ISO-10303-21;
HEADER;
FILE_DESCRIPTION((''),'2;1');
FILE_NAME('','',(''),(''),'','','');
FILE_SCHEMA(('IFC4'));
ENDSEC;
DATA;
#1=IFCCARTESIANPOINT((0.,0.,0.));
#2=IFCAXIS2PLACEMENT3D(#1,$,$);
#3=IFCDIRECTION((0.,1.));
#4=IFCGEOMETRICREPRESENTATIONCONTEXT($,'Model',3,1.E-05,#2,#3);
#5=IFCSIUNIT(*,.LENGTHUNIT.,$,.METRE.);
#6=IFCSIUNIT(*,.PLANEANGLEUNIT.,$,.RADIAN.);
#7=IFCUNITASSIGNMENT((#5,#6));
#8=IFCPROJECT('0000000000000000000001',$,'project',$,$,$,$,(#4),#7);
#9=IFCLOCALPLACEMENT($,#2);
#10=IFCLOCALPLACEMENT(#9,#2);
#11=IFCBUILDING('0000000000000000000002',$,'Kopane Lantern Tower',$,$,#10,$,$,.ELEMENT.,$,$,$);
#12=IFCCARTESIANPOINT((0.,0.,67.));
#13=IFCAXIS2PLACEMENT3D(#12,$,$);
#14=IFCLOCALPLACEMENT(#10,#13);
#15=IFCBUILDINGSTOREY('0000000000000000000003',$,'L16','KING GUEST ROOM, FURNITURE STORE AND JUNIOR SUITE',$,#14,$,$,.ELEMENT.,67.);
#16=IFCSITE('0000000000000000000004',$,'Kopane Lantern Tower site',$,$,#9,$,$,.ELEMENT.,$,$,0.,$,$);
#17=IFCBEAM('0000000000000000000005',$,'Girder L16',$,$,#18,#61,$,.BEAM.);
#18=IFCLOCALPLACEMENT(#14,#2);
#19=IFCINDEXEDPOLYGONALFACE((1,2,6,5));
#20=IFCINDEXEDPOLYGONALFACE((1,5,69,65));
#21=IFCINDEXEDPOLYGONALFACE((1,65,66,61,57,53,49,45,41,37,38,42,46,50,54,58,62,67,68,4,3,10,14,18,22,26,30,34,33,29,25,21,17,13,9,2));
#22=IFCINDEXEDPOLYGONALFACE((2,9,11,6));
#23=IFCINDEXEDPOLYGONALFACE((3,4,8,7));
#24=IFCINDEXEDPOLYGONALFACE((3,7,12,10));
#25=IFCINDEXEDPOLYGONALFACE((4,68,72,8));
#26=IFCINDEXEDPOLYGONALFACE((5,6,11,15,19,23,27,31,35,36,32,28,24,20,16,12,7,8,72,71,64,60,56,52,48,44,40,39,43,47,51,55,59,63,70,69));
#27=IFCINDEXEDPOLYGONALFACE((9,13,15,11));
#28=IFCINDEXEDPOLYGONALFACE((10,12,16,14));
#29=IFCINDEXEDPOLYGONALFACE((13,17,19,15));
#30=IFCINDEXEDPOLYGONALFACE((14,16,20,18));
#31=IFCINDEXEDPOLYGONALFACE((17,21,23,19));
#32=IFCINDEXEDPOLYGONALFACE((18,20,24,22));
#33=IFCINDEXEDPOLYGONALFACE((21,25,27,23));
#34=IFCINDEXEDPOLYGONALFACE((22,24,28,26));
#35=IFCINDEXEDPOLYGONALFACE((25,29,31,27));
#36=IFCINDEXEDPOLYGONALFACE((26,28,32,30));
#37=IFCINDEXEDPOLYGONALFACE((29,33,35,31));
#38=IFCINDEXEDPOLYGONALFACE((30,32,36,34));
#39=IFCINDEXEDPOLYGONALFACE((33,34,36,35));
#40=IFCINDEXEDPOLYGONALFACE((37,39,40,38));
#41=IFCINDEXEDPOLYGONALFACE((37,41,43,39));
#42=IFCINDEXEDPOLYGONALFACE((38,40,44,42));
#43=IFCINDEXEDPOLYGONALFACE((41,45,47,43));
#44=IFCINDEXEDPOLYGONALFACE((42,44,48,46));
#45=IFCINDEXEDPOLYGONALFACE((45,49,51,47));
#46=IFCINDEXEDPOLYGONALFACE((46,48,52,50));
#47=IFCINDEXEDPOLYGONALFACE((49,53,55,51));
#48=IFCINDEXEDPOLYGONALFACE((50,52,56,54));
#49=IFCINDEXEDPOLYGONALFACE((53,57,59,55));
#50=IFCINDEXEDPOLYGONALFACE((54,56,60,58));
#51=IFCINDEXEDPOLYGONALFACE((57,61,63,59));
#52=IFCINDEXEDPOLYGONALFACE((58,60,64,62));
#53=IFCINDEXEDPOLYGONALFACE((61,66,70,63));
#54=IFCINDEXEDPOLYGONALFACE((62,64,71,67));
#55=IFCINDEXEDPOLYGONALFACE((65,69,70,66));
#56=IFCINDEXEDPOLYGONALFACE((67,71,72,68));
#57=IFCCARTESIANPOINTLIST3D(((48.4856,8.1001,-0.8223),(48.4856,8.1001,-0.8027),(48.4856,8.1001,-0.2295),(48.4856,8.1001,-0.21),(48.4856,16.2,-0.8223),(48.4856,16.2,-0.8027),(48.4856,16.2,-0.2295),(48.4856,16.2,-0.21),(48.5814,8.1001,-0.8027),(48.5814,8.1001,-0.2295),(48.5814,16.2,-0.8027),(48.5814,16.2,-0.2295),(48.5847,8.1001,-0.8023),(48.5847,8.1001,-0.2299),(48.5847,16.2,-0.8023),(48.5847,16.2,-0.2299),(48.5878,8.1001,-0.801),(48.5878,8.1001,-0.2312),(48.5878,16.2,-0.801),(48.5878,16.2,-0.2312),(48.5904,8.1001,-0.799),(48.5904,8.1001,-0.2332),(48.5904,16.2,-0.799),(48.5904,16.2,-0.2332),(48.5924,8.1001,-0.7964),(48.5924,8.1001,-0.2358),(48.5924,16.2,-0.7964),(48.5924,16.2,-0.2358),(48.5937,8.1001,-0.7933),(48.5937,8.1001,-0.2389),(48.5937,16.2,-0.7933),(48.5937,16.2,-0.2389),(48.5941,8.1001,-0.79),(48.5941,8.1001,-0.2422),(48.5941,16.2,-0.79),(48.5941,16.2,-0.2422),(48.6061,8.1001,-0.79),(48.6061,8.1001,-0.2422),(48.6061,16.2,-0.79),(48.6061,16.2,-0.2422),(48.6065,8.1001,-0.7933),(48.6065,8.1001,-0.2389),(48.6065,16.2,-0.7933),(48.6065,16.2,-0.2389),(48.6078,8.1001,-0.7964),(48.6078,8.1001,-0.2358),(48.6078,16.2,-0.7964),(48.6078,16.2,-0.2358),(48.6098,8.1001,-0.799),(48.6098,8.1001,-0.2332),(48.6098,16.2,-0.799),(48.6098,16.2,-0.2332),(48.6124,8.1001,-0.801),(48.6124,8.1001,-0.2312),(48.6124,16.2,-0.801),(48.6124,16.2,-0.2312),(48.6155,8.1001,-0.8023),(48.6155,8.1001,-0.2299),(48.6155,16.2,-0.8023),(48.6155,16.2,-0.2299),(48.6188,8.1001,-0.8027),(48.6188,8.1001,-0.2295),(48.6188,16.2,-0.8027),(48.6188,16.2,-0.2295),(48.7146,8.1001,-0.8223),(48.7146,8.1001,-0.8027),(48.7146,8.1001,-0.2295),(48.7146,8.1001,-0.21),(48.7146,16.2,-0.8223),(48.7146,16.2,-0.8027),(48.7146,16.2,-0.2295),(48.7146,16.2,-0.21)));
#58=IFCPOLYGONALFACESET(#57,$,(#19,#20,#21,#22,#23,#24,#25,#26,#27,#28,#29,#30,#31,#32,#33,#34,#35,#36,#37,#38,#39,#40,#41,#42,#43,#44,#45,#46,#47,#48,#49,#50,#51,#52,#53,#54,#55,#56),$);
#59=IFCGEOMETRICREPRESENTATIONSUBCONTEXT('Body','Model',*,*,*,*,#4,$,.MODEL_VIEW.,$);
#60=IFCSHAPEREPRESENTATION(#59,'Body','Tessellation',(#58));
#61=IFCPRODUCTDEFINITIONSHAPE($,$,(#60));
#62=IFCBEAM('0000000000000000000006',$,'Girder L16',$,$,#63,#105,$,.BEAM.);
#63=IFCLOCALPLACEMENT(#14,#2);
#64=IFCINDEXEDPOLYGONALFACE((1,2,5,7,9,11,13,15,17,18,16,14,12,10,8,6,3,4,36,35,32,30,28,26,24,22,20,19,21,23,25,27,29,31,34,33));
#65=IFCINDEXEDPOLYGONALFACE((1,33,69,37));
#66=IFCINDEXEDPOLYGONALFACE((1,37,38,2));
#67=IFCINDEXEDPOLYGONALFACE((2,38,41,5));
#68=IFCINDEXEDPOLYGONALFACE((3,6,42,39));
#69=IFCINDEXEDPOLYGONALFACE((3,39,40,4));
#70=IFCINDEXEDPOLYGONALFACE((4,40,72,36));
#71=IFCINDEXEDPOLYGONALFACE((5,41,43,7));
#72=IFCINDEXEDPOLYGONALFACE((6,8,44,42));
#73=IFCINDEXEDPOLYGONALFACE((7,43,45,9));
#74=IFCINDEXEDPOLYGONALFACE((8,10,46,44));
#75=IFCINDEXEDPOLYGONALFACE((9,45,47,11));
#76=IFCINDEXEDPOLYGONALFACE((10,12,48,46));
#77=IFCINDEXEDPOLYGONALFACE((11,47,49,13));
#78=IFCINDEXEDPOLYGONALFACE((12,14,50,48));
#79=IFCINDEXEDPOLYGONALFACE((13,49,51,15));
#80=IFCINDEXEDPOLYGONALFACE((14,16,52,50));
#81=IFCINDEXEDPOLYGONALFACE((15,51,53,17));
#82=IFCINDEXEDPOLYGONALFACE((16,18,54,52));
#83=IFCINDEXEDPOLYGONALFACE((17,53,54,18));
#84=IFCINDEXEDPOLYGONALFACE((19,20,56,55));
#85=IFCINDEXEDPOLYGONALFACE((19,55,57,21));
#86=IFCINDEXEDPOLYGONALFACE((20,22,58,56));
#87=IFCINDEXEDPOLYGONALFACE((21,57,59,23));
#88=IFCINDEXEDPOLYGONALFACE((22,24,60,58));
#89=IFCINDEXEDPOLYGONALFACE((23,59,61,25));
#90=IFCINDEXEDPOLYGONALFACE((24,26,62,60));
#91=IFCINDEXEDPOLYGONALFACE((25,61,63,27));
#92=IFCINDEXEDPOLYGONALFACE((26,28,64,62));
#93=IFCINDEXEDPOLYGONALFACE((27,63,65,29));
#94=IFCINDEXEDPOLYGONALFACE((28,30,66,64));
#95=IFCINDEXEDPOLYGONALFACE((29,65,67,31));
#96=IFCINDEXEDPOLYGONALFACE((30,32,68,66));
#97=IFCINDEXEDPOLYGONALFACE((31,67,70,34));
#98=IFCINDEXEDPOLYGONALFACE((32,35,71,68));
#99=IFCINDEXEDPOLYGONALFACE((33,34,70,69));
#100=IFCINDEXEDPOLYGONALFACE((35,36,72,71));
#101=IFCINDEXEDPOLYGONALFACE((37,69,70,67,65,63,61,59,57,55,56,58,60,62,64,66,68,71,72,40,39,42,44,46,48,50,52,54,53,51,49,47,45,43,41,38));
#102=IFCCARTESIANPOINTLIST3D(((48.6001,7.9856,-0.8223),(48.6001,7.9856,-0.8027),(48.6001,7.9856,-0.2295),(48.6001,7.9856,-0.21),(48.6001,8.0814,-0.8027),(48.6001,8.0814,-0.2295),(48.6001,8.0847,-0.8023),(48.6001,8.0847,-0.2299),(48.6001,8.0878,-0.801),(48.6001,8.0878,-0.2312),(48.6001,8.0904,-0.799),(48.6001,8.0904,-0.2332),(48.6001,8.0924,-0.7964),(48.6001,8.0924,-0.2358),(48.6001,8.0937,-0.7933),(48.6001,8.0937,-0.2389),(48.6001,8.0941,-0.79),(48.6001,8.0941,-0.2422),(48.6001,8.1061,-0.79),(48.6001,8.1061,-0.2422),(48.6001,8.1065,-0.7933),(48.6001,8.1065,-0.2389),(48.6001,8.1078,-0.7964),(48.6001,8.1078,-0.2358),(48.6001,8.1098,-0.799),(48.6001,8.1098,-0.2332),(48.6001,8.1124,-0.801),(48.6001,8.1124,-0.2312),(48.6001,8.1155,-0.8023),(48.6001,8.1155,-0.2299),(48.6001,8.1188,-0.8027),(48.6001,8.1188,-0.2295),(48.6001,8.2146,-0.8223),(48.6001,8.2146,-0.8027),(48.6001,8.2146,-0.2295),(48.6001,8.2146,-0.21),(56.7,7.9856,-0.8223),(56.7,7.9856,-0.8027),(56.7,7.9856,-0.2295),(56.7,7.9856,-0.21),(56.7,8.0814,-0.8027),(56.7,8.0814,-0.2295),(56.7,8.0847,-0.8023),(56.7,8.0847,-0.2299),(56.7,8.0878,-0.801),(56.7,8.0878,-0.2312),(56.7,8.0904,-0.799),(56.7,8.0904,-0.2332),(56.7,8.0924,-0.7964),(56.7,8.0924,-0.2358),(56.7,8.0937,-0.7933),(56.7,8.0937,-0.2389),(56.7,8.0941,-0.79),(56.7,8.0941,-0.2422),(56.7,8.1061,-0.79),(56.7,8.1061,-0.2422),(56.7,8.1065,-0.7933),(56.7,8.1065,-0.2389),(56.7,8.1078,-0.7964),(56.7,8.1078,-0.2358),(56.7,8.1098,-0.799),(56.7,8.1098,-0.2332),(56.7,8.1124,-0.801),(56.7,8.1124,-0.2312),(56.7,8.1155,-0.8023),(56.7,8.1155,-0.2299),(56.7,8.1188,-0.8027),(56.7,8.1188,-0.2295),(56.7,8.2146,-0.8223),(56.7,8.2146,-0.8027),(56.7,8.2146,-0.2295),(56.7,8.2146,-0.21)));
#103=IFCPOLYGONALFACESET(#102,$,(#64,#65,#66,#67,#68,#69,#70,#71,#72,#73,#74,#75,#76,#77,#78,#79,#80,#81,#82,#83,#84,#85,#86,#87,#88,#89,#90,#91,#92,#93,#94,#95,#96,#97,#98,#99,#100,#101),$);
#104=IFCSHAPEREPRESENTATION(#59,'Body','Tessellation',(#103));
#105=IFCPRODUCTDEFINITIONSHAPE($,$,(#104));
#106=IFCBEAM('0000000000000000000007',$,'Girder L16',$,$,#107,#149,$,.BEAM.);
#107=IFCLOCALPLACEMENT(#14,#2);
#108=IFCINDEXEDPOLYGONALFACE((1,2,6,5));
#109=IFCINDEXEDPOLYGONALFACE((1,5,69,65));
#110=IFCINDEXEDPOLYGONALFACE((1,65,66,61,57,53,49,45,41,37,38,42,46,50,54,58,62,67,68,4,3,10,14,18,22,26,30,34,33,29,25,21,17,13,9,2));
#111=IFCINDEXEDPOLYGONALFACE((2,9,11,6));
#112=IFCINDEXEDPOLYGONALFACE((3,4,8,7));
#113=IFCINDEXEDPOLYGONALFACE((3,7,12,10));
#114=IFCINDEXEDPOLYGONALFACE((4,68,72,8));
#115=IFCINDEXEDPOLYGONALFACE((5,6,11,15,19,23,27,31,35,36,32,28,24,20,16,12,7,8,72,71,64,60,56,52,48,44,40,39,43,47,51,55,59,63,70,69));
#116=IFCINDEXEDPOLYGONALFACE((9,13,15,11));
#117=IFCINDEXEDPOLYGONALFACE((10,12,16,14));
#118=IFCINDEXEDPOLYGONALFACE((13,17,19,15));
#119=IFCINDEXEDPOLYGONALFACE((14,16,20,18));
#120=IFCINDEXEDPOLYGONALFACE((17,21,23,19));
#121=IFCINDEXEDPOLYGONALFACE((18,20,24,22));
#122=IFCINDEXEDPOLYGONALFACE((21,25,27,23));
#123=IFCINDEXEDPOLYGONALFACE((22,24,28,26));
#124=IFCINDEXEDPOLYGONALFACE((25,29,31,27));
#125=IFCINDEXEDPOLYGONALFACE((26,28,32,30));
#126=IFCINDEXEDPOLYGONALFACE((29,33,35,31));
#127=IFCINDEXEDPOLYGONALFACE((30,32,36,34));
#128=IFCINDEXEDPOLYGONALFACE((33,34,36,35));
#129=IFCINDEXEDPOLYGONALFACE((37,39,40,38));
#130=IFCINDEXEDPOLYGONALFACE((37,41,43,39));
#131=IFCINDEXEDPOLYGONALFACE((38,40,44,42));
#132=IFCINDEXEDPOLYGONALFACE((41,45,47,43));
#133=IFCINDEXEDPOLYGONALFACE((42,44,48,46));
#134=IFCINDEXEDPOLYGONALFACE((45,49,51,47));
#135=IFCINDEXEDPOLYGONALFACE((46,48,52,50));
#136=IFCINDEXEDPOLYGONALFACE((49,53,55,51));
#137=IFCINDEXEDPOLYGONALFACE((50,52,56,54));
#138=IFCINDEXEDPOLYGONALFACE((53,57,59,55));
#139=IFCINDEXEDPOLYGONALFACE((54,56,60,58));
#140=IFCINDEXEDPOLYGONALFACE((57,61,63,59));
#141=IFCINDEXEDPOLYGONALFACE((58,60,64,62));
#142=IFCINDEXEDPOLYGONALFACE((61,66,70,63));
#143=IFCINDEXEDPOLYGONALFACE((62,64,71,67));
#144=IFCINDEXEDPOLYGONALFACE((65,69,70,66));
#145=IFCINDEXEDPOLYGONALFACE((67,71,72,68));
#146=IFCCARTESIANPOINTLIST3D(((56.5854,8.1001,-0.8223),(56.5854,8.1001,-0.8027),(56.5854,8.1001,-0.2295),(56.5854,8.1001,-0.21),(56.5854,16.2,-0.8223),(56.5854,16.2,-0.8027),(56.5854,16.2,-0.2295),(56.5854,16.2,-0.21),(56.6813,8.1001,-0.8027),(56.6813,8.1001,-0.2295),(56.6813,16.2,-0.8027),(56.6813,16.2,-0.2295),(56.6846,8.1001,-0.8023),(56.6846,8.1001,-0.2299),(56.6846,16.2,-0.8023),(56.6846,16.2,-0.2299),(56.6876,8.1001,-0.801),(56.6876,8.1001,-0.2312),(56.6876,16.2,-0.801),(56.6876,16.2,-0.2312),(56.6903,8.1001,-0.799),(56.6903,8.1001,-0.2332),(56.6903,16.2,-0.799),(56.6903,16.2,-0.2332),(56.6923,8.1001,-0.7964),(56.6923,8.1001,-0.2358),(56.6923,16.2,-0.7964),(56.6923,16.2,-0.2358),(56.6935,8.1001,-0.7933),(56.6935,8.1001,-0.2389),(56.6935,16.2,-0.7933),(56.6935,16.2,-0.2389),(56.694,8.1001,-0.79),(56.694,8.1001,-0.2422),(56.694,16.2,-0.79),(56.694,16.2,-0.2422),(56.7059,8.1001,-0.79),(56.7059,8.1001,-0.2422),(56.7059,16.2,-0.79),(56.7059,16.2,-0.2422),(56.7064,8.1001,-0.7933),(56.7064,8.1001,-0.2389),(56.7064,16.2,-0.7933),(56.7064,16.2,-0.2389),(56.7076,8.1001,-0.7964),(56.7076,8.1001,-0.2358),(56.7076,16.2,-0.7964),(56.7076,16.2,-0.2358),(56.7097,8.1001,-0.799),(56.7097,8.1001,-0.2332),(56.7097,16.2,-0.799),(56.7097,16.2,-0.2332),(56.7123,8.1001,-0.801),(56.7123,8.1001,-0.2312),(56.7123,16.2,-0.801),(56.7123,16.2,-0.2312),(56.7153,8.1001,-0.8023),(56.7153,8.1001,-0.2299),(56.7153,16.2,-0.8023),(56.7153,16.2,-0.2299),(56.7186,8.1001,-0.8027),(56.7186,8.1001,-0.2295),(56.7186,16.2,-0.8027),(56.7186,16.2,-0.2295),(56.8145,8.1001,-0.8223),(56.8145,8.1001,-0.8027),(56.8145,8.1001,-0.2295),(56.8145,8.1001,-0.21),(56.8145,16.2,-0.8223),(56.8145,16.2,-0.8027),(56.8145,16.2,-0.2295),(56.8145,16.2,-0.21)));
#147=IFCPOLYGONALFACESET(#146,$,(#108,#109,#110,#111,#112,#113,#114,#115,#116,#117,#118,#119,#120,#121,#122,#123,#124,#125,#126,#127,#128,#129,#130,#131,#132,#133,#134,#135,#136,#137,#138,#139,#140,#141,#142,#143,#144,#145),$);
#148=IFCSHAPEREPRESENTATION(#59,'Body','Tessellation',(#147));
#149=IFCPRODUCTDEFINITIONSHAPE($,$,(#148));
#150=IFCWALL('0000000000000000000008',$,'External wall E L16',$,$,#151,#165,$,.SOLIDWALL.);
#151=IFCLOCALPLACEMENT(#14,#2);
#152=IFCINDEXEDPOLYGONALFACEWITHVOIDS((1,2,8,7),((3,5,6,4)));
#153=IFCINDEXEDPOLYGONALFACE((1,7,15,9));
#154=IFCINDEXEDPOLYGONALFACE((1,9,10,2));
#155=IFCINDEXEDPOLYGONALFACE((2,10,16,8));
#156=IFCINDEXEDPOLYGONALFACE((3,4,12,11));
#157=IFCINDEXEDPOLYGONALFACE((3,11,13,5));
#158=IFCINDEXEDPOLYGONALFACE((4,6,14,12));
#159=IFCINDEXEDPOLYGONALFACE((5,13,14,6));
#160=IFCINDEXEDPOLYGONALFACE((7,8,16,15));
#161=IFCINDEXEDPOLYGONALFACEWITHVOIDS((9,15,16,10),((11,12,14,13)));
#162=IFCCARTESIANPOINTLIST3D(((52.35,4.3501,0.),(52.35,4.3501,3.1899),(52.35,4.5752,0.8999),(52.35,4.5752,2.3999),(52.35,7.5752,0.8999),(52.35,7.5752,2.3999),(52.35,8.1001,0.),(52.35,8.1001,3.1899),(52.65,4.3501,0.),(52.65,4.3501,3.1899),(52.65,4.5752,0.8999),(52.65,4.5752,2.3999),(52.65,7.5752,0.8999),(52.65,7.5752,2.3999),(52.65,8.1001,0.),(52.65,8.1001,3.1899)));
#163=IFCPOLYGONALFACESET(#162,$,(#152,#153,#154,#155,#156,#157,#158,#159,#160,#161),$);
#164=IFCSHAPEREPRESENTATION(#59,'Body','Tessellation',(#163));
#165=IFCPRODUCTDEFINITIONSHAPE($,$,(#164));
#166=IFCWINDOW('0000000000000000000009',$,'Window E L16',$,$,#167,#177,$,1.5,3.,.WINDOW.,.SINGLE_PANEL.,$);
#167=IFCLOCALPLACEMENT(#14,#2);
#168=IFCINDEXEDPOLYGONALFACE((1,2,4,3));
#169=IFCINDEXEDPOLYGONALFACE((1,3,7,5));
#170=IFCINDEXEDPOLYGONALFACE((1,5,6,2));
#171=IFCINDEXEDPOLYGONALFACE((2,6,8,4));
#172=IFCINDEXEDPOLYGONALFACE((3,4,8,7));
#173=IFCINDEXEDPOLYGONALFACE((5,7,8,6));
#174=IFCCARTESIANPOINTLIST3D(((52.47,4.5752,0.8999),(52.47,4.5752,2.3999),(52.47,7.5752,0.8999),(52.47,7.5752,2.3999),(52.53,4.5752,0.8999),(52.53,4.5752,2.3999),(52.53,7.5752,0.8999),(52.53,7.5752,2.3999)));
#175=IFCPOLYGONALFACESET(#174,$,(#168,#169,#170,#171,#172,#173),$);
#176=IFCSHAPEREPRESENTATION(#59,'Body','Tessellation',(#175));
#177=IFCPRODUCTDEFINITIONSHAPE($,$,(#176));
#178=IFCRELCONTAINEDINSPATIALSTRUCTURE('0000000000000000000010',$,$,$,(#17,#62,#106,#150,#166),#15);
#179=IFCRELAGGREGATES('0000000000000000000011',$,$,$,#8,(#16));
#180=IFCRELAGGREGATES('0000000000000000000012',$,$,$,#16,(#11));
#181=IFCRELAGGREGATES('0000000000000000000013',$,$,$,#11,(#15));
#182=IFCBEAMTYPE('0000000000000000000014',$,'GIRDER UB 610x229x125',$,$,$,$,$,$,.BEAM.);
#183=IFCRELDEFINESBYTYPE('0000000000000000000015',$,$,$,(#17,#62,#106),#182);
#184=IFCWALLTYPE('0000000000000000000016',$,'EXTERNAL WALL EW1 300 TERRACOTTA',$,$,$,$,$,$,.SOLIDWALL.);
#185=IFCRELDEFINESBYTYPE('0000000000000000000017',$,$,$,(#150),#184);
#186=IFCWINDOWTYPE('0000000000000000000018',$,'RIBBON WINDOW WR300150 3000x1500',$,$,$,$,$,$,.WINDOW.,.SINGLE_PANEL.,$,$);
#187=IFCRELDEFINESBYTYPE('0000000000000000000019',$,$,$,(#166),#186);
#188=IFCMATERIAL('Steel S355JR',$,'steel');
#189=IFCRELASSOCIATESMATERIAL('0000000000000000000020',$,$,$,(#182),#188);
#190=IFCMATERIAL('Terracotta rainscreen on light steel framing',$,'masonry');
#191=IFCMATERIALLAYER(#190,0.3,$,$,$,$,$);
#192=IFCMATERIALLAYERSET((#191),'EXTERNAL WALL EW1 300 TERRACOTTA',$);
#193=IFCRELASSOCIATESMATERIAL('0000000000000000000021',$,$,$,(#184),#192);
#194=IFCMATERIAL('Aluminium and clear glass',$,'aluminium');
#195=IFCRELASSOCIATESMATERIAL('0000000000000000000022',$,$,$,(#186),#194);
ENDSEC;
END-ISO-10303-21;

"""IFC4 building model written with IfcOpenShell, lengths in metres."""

from ifc_helpers import new_model, si_unit, direction, frame, frame_2d, origin, origin_2d, place, context, subcontext, project, spatial, rectangle, i_section, extrude, material, layer, layer_set, material_profile, profile_set, type_object, element, fill, save


model = new_model("IFC4")

# Units and contexts
model_context = context("Model", 3, precision=1e-05, world=origin(), true_north=direction((0.0, 1.0)))
body_context = subcontext(model_context, "Body", "Model", "MODEL_VIEW")
ifc_project = project(units=[si_unit("LENGTHUNIT", "METRE"), si_unit("PLANEANGLEUNIT", "RADIAN")], contexts=[model_context])

# Site, building, storey
site_placement = place(None, origin())
site = spatial("IfcSite", under=ifc_project, at=site_placement, Name="Kopane Lantern Tower site", CompositionType="ELEMENT", RefElevation=0.0)
building_placement = place(site_placement, origin())
building = spatial("IfcBuilding", under=site, at=building_placement, Name="Kopane Lantern Tower", CompositionType="ELEMENT")
storey_placement = place(building_placement, frame((0.0, 0.0, 67.0)))
storey = spatial("IfcBuildingStorey", under=building, at=storey_placement, Name="L16", Description="KING GUEST ROOM, FURNITURE STORE AND JUNIOR SUITE", CompositionType="ELEMENT", Elevation=67.0)

# Beams
ifc_material_1 = material(Name="Steel S355JR", Category="steel")
ifc_material_profile_1 = material_profile(ifc_material_1, i_section(OverallWidth=0.229, OverallDepth=0.6123, WebThickness=0.012, FlangeThickness=0.0195, FilletRadius=0.0127, at=origin_2d()), Name="UB 610x229x125")
ifc_profile_set_1 = profile_set([ifc_material_profile_1], Name="Steel S355JR")
beam_type_1 = type_object("IfcBeamType", Name="GIRDER UB 610x229x125", PredefinedType="BEAM", material=ifc_profile_set_1)
for number, where, z_axis, x_axis, name in (
    (1, (48.6001, 8.1001, -0.5161), (0.0, 1.0, 0.0), (-1.0, 0.0, 0.0), "Girder L16"),
    (2, (48.6001, 8.1001, -0.5161), (1.0, 0.0, 0.0), (0.0, 1.0, 0.0), "Girder L16"),
    (3, (56.7, 8.1001, -0.5161), (0.0, 1.0, 0.0), (-1.0, 0.0, 0.0), "Girder L16"),
):
    element("IfcBeam", number, at=place(storey_placement, frame(where, z_axis=z_axis, x_axis=x_axis)), inside=storey, type_object=beam_type_1, Name=name, PredefinedType="BEAM", context=body_context, shape_type="SweptSolid", body=[
        extrude(i_section(OverallWidth=0.229, OverallDepth=0.6123, WebThickness=0.012, FlangeThickness=0.0195, FilletRadius=0.0127, at=origin_2d()), origin(), (0.0, 0.0, 1.0), 8.0999),
    ])

# Wall, opening, window
ifc_material_2 = material(Name="Terracotta rainscreen on light steel framing", Category="masonry")
ifc_layer = layer(ifc_material_2, 0.3)
ifc_layer_set = layer_set([ifc_layer], Name="EXTERNAL WALL EW1 300 TERRACOTTA")
wall_type = type_object("IfcWallType", Name="EXTERNAL WALL EW1 300 TERRACOTTA", PredefinedType="SOLIDWALL", material=ifc_layer_set)
wall_1_placement = place(storey_placement, frame((52.5, 4.3501, 0.0), z_axis=(0.0, 0.0, 1.0), x_axis=(0.0, 1.0, 0.0)))
wall_1 = element("IfcWall", 4, at=wall_1_placement, inside=storey, type_object=wall_type, Name="External wall E L16", PredefinedType="SOLIDWALL", context=body_context, shape_type="SweptSolid", body=[
    extrude(rectangle(XDim=3.75, YDim=0.3, at=frame_2d((1.875, 0.0))), origin(), (0.0, 0.0, 1.0), 3.1899),
])
opening_1_placement = place(wall_1_placement, frame((0.2251, 0.0, 0.8999)))
opening_1 = element("IfcOpeningElement", 5, at=opening_1_placement, cuts=wall_1, PredefinedType="OPENING", context=body_context, shape_type="SweptSolid", body=[
    extrude(rectangle(XDim=3.0, YDim=1.5, at=frame_2d((1.5, 0.75))), frame((0.0, 0.1599, 0.0), z_axis=(0.0, -1.0, 0.0), x_axis=(1.0, 0.0, 0.0)), (0.0, 0.0, 1.0), 0.3201),
])
ifc_material_3 = material(Name="Aluminium and clear glass", Category="aluminium")
window_type_1 = type_object("IfcWindowType", Name="RIBBON WINDOW WR300150 3000x1500", PartitioningType="SINGLE_PANEL", PredefinedType="WINDOW", material=ifc_material_3)
window_1_placement = place(opening_1_placement, origin())
window_1 = element("IfcWindow", 6, at=window_1_placement, inside=storey, type_object=window_type_1, Name="Window E L16", OverallHeight=1.5, OverallWidth=3.0, PartitioningType="SINGLE_PANEL", PredefinedType="WINDOW", context=body_context, shape_type="SweptSolid", body=[
    extrude(rectangle(XDim=3.0, YDim=1.5, at=frame_2d((1.5, 0.75))), frame((0.0, 0.03, 0.0), z_axis=(0.0, -1.0, 0.0), x_axis=(1.0, 0.0, 0.0)), (0.0, 0.0, 1.0), 0.0601),
])
fill(opening_1, window_1)

save(model, "model.ifc")
